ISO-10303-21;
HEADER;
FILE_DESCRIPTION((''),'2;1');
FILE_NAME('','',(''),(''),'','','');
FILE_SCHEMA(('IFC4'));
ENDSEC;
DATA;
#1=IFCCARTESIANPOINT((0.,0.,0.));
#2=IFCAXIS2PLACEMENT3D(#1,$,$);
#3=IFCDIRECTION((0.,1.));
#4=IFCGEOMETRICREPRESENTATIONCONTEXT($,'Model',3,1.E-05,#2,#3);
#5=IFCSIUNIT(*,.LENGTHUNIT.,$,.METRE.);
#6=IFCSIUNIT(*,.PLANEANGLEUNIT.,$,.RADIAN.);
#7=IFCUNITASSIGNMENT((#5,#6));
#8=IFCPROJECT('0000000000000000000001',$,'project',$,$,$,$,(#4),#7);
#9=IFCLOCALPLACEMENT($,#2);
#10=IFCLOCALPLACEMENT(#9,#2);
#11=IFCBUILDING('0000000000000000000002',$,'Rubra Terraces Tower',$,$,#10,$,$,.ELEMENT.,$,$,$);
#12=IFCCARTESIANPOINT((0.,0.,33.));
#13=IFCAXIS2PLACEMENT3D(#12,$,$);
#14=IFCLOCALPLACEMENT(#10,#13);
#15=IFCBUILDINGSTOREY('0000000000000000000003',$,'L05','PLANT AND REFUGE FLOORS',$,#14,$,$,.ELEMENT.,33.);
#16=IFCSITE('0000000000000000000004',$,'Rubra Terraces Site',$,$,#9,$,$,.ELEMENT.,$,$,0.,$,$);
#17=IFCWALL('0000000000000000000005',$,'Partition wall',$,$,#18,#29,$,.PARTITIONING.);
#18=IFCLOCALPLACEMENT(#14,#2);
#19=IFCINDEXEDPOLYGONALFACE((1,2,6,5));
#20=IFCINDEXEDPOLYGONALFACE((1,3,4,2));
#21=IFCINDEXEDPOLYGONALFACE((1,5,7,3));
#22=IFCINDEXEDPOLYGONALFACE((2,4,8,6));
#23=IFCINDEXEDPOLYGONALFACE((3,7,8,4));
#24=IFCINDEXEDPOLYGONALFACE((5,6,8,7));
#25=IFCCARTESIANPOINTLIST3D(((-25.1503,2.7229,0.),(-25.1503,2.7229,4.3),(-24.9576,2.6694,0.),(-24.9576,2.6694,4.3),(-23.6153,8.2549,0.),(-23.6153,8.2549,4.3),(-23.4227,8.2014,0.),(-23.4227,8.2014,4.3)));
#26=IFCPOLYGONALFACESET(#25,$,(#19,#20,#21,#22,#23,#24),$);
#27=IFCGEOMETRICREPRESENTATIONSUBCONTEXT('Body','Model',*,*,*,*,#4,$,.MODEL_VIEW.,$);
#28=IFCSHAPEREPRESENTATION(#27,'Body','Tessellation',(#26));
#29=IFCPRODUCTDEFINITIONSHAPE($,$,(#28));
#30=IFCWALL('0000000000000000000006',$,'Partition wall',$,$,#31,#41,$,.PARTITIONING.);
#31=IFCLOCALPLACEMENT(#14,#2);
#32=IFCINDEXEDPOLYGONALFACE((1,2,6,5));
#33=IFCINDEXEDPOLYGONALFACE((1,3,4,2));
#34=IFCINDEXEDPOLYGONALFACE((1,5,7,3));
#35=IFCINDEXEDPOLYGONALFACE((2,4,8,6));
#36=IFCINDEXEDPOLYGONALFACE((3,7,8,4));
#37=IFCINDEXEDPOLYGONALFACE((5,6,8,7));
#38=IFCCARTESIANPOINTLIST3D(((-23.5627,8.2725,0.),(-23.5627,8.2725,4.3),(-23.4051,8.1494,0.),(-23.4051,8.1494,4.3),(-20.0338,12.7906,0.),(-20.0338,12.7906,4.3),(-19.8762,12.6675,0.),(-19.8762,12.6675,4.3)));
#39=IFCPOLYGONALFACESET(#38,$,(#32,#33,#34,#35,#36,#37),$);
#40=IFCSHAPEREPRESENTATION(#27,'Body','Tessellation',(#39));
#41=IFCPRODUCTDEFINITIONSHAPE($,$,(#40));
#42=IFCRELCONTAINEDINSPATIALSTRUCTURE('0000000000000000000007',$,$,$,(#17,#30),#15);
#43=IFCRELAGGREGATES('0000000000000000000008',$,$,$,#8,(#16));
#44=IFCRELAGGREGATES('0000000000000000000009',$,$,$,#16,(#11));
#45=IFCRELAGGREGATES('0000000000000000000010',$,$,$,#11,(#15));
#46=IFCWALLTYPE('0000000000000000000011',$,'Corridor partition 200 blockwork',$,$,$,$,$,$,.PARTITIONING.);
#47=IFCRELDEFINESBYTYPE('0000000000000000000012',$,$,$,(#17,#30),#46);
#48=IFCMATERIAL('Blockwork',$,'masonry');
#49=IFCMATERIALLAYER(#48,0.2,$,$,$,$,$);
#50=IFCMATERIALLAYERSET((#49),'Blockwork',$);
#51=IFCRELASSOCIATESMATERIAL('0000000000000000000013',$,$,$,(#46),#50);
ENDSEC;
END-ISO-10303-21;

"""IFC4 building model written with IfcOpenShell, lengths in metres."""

from ifc_helpers import new_model, si_unit, direction, frame, frame_2d, origin, place, context, subcontext, project, spatial, rectangle, extrude, material, layer, layer_set, type_object, element, save


model = new_model("IFC4")

# Units and contexts
model_context = context("Model", 3, precision=1e-05, world=origin(), true_north=direction((0.0, 1.0)))
body_context = subcontext(model_context, "Body", "Model", "MODEL_VIEW")
ifc_project = project(units=[si_unit("LENGTHUNIT", "METRE"), si_unit("PLANEANGLEUNIT", "RADIAN")], contexts=[model_context])

# Site, building, storey
site_placement = place(None, origin())
site = spatial("IfcSite", under=ifc_project, at=site_placement, Name="Rubra Terraces Site", CompositionType="ELEMENT", RefElevation=0.0)
building_placement = place(site_placement, origin())
building = spatial("IfcBuilding", under=site, at=building_placement, Name="Rubra Terraces Tower", CompositionType="ELEMENT")
storey_placement = place(building_placement, frame((0.0, 0.0, 33.0)))
storey = spatial("IfcBuildingStorey", under=building, at=storey_placement, Name="L05", Description="PLANT AND REFUGE FLOORS", CompositionType="ELEMENT", Elevation=33.0)

# Walls
ifc_material_1 = material(Name="Blockwork", Category="masonry")
ifc_layer_1 = layer(ifc_material_1, 0.2)
ifc_layer_set_1 = layer_set([ifc_layer_1], Name="Blockwork")
wall_type_1 = type_object("IfcWallType", Name="Corridor partition 200 blockwork", PredefinedType="PARTITIONING", material=ifc_layer_set_1)
wall_1_placement = place(storey_placement, frame((-25.054, 2.696, 0.0), z_axis=(0.0, 0.0, 1.0), x_axis=(0.267361, 0.963596, 0.0)))
element("IfcWall", 1, at=wall_1_placement, inside=storey, type_object=wall_type_1, Name="Partition wall", PredefinedType="PARTITIONING", context=body_context, shape_type="SweptSolid", body=[
    extrude(rectangle(XDim=5.741, YDim=0.2, at=frame_2d((2.8706, 0.0))), origin(), (0.0, 0.0, 1.0), 4.3),
])
wall_2_placement = place(storey_placement, frame((-23.4839, 8.2109, 0.0), z_axis=(0.0, 0.0, 1.0), x_axis=(0.615543, 0.788103, 0.0)))
element("IfcWall", 2, at=wall_2_placement, inside=storey, type_object=wall_type_1, Name="Partition wall", PredefinedType="PARTITIONING", context=body_context, shape_type="SweptSolid", body=[
    extrude(rectangle(XDim=5.7329, YDim=0.2, at=frame_2d((2.8665, 0.0))), origin(), (0.0, 0.0, 1.0), 4.3),
])

save(model, "model.ifc")
